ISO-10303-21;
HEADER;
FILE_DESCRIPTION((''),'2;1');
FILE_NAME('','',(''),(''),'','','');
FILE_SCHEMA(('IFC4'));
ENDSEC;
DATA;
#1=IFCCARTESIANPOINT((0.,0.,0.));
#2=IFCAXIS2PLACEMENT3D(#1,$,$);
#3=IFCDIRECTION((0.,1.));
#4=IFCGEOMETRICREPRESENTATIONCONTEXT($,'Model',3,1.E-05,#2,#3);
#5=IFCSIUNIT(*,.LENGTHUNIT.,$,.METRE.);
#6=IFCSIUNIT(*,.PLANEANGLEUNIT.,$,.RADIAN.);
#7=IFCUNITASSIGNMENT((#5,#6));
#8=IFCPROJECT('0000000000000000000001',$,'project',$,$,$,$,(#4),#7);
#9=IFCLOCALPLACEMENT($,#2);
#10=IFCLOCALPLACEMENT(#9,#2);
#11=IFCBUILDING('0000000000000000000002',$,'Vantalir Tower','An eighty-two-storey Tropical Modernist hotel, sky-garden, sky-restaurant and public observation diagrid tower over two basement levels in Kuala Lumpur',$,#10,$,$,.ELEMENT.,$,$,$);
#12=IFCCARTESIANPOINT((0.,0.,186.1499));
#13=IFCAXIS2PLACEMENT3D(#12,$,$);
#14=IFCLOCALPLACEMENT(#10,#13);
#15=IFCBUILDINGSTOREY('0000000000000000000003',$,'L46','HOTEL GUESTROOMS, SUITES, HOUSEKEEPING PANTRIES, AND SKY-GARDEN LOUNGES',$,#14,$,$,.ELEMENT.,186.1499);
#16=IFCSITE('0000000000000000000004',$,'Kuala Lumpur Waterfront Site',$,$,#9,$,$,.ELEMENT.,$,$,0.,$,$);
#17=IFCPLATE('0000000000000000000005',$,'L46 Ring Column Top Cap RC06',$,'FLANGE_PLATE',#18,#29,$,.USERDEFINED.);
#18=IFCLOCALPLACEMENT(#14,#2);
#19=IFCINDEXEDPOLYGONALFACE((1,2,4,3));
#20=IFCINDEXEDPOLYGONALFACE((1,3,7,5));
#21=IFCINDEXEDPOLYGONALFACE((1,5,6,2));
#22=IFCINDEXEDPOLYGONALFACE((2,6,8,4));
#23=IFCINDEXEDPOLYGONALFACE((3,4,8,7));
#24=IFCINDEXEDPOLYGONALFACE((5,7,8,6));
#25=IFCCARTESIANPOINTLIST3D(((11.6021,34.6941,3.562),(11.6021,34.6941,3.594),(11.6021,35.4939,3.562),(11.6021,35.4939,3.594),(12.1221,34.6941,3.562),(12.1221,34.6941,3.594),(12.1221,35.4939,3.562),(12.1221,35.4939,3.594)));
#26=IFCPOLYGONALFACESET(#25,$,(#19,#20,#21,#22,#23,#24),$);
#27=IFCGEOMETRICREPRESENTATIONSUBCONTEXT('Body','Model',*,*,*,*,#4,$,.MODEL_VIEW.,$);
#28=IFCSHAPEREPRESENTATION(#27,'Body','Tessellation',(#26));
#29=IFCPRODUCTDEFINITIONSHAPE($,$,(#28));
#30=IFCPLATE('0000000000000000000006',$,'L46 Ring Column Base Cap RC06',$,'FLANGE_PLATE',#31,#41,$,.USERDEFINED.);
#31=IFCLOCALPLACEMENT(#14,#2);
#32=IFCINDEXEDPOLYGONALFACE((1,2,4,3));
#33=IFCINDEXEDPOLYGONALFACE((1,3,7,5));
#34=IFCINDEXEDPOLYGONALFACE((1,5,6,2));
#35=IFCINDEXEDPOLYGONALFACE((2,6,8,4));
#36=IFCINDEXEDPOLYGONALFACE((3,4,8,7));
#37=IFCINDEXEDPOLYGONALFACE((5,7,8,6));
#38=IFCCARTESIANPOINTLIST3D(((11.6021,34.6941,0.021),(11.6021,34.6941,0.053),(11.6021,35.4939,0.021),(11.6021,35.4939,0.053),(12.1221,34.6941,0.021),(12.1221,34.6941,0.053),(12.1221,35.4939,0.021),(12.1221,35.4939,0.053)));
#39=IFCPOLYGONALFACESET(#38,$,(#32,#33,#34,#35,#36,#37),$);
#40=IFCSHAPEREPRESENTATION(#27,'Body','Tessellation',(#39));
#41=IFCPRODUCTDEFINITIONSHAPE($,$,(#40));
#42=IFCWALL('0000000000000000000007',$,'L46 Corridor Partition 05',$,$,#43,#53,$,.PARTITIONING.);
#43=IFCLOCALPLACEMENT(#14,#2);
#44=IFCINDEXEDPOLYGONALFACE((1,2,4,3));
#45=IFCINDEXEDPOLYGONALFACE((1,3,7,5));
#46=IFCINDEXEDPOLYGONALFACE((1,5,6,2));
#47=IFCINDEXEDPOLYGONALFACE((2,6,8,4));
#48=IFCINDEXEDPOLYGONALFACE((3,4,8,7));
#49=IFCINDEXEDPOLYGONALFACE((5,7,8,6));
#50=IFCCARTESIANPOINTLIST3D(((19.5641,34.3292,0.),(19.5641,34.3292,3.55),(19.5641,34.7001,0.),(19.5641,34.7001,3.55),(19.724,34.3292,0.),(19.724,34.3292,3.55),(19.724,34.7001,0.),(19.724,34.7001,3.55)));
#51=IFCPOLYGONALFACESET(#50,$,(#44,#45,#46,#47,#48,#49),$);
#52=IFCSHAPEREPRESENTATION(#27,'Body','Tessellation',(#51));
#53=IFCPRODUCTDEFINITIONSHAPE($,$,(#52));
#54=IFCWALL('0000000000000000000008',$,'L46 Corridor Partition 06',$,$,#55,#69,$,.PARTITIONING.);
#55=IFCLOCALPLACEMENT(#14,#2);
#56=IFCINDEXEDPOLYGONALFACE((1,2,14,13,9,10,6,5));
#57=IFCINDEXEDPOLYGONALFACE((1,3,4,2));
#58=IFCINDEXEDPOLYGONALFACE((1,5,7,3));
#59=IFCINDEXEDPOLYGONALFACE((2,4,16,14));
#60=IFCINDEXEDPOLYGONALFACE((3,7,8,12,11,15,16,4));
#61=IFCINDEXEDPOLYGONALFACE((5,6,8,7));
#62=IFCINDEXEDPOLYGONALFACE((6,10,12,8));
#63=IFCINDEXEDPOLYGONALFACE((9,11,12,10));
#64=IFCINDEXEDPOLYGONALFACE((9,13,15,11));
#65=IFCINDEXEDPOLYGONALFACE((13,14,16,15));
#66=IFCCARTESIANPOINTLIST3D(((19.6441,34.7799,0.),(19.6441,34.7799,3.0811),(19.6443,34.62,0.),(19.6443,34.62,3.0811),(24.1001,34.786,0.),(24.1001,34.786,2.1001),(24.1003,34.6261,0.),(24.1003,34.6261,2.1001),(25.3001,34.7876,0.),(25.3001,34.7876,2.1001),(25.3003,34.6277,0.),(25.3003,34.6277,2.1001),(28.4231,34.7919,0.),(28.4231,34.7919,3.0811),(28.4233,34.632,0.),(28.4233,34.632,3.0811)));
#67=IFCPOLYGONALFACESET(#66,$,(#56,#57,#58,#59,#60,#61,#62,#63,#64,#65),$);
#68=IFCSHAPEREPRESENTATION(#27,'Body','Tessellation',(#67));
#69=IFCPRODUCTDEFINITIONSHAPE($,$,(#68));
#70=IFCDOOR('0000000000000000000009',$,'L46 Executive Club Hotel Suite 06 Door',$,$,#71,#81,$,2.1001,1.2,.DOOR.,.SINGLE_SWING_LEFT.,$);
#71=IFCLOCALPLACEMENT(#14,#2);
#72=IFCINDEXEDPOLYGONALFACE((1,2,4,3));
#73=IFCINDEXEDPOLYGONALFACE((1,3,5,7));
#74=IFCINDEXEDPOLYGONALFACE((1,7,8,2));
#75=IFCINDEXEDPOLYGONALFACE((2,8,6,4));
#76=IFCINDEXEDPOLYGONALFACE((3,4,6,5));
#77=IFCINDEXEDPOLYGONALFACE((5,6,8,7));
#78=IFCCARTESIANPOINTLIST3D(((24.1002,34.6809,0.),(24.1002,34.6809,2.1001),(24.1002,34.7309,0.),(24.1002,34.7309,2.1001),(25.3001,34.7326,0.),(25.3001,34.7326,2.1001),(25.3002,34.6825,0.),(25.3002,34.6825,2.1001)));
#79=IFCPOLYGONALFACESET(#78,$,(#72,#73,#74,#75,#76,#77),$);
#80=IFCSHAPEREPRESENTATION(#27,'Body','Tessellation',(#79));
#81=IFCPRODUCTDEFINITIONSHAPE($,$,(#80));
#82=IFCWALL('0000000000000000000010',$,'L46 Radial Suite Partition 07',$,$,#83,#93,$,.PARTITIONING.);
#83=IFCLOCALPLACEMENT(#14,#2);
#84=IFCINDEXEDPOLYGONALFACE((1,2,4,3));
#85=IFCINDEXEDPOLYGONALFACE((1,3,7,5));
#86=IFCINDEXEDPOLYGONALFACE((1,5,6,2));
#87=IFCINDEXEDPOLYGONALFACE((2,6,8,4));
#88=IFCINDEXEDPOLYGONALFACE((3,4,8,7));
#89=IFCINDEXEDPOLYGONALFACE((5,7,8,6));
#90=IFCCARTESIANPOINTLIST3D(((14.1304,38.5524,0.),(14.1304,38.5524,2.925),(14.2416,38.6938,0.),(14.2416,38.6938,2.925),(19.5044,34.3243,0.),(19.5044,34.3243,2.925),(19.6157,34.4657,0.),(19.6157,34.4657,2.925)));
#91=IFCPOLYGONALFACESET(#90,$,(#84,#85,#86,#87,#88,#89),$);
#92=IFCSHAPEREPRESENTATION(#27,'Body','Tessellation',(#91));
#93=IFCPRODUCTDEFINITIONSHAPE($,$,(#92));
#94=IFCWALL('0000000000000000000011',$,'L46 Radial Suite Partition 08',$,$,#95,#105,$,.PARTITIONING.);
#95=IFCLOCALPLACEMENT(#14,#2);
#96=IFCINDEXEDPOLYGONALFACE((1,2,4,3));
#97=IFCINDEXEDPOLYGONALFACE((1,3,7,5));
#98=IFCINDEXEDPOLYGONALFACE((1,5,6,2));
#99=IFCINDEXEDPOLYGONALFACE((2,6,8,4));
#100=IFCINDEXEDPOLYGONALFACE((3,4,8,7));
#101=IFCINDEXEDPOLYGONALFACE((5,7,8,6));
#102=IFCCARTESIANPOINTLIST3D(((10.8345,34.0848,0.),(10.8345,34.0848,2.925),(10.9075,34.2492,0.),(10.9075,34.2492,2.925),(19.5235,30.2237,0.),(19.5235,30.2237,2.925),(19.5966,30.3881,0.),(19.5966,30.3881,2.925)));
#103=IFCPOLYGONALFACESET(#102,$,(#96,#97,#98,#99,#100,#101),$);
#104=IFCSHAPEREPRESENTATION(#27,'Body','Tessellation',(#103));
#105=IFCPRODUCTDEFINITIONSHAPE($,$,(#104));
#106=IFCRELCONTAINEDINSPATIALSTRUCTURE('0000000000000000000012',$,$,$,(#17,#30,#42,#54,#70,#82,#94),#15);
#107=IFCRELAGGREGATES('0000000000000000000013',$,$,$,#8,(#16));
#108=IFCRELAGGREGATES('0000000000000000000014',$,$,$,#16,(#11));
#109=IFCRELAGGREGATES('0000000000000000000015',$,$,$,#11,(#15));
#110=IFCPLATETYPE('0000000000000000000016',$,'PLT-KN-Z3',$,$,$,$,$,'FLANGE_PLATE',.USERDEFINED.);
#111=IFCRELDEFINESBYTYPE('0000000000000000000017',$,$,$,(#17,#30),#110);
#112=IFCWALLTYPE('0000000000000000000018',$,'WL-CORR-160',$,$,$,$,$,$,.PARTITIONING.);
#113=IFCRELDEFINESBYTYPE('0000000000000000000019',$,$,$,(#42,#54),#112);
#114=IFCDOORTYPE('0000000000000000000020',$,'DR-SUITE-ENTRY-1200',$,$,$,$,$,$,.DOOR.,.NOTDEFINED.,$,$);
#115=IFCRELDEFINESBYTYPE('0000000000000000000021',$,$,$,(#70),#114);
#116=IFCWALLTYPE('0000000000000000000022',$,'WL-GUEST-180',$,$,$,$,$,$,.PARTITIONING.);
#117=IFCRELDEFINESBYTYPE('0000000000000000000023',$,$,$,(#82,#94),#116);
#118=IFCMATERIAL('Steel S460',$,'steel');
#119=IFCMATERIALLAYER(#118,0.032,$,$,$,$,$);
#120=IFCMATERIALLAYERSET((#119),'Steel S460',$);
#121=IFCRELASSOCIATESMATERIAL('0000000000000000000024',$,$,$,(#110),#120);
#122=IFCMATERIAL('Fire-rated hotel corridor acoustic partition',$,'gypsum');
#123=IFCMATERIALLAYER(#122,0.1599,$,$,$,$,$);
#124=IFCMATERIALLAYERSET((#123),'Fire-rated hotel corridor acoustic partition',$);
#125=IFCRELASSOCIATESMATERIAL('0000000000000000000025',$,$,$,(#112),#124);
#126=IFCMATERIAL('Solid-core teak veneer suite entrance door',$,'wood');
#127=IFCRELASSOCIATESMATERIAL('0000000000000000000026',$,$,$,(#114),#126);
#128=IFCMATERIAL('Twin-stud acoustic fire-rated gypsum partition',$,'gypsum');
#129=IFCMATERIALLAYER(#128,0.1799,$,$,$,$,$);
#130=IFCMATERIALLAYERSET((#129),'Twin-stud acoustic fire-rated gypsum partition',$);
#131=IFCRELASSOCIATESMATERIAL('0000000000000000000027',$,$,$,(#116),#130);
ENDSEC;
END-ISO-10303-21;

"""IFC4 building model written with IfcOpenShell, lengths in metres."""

from ifc_helpers import new_model, si_unit, direction, frame, frame_2d, origin, place, context, subcontext, project, spatial, polyline, rectangle, outline, extrude, material, layer, layer_set, type_object, element, fill, save


model = new_model("IFC4")

# Units and contexts
model_context = context("Model", 3, precision=1e-05, world=origin(), true_north=direction((0.0, 1.0)))
body_context = subcontext(model_context, "Body", "Model", "MODEL_VIEW")
ifc_project = project(units=[si_unit("LENGTHUNIT", "METRE"), si_unit("PLANEANGLEUNIT", "RADIAN")], contexts=[model_context])

# Site, building, storey
site_placement = place(None, origin())
site = spatial("IfcSite", under=ifc_project, at=site_placement, Name="Kuala Lumpur Waterfront Site", CompositionType="ELEMENT", RefElevation=0.0)
building_placement = place(site_placement, origin())
building = spatial("IfcBuilding", under=site, at=building_placement, Name="Vantalir Tower", Description="An eighty-two-storey Tropical Modernist hotel, sky-garden, sky-restaurant and public observation diagrid tower over two basement levels in Kuala Lumpur", CompositionType="ELEMENT")
storey_placement = place(building_placement, frame((0.0, 0.0, 186.1499)))
storey = spatial("IfcBuildingStorey", under=building, at=storey_placement, Name="L46", Description="HOTEL GUESTROOMS, SUITES, HOUSEKEEPING PANTRIES, AND SKY-GARDEN LOUNGES", CompositionType="ELEMENT", Elevation=186.1499)

# Shared definitions
ifc_material_1 = material(Name="Steel S460", Category="steel")

# Plates
ifc_layer_1 = layer(ifc_material_1, 0.032)
ifc_layer_set_1 = layer_set([ifc_layer_1], Name="Steel S460")
plate_type_1 = type_object("IfcPlateType", Name="PLT-KN-Z3", ElementType="FLANGE_PLATE", PredefinedType="USERDEFINED", material=ifc_layer_set_1)
for number, where, z_axis, x_axis, name in (
    (1, (11.6021, 35.4939, 3.594), (0.0, 0.0, 1.0), (0.0, -1.0, 0.0), "L46 Ring Column Top Cap RC06"),
    (2, (11.6021, 35.4939, 0.053), (0.0, 0.0, 1.0), (0.0, -1.0, 0.0), "L46 Ring Column Base Cap RC06"),
):
    element("IfcPlate", number, at=place(storey_placement, frame(where, z_axis=z_axis, x_axis=x_axis)), inside=storey, type_object=plate_type_1, Name=name, ObjectType="FLANGE_PLATE", PredefinedType="USERDEFINED", context=body_context, shape_type="SweptSolid", body=[
        extrude(outline(polyline([(0.0, 0.0), (0.7998, 0.0), (0.7998, 0.52), (0.0, 0.52), (0.0, 0.0)])), origin(), (0.0, 0.0, -1.0), 0.032),
    ])

# Wall
ifc_material_2 = material(Name="Fire-rated hotel corridor acoustic partition", Category="gypsum")
ifc_layer_2 = layer(ifc_material_2, 0.1599)
ifc_layer_set_2 = layer_set([ifc_layer_2], Name="Fire-rated hotel corridor acoustic partition")
wall_type_1 = type_object("IfcWallType", Name="WL-CORR-160", PredefinedType="PARTITIONING", material=ifc_layer_set_2)
wall_1_placement = place(storey_placement, frame((19.644, 34.3291, 0.0), z_axis=(0.0, 0.0, 1.0), x_axis=(0.0, 1.0, 0.0)))
element("IfcWall", 3, at=wall_1_placement, inside=storey, type_object=wall_type_1, Name="L46 Corridor Partition 05", PredefinedType="PARTITIONING", context=body_context, shape_type="SweptSolid", body=[
    extrude(rectangle(XDim=0.3708, YDim=0.1599, at=frame_2d((0.1855, 0.0))), origin(), (0.0, 0.0, 1.0), 3.55),
])

# Wall, opening, door
wall_2_placement = place(storey_placement, frame((19.644, 34.7, 0.0), z_axis=(0.0, 0.0, 1.0), x_axis=(0.999999, 0.001363, 0.0)))
wall_2 = element("IfcWall", 4, at=wall_2_placement, inside=storey, type_object=wall_type_1, Name="L46 Corridor Partition 06", PredefinedType="PARTITIONING", context=body_context, shape_type="SweptSolid", body=[
    extrude(rectangle(XDim=8.7791, YDim=0.1599, at=frame_2d((4.3896, 0.0))), origin(), (0.0, 0.0, 1.0), 3.0811),
])
opening_placement = place(wall_2_placement, frame((4.4561, 0.0, 0.0)))
opening = element("IfcOpeningElement", 5, at=opening_placement, cuts=wall_2, PredefinedType="OPENING", context=body_context, shape_type="SweptSolid", body=[
    extrude(rectangle(XDim=1.2, YDim=2.1001, at=frame_2d((0.6001, 1.05))), frame((0.0, 0.0898, 0.0), z_axis=(0.0, -1.0, 0.0), x_axis=(1.0, 0.0, 0.0)), (0.0, 0.0, 1.0), 0.1799),
])
ifc_material_3 = material(Name="Solid-core teak veneer suite entrance door", Category="wood")
door_type = type_object("IfcDoorType", Name="DR-SUITE-ENTRY-1200", OperationType="NOTDEFINED", PredefinedType="DOOR", material=ifc_material_3)
door_placement = place(opening_placement, origin())
door = element("IfcDoor", 6, at=door_placement, inside=storey, type_object=door_type, Name="L46 Executive Club Hotel Suite 06 Door", OperationType="SINGLE_SWING_LEFT", OverallHeight=2.1001, OverallWidth=1.2, PredefinedType="DOOR", context=body_context, shape_type="SweptSolid", body=[
    extrude(rectangle(XDim=1.2, YDim=2.1001, at=frame_2d((0.6001, 1.05))), frame((0.0, 0.0249, 0.0), z_axis=(0.0, -1.0, 0.0), x_axis=(1.0, 0.0, 0.0)), (0.0, 0.0, 1.0), 0.05),
])
fill(opening, door)

# Walls
ifc_material_4 = material(Name="Twin-stud acoustic fire-rated gypsum partition", Category="gypsum")
ifc_layer_3 = layer(ifc_material_4, 0.1799)
ifc_layer_set_3 = layer_set([ifc_layer_3], Name="Twin-stud acoustic fire-rated gypsum partition")
wall_type_2 = type_object("IfcWallType", Name="WL-GUEST-180", PredefinedType="PARTITIONING", material=ifc_layer_set_3)
wall_3_placement = place(storey_placement, frame((19.5601, 34.395, 0.0), z_axis=(0.0, 0.0, 1.0), x_axis=(-0.785922, 0.618326, 0.0)))
element("IfcWall", 7, at=wall_3_placement, inside=storey, type_object=wall_type_2, Name="L46 Radial Suite Partition 07", PredefinedType="PARTITIONING", context=body_context, shape_type="SweptSolid", body=[
    extrude(rectangle(XDim=6.8379, YDim=0.1799, at=frame_2d((3.4189, 0.0))), origin(), (0.0, 0.0, 1.0), 2.925),
])
wall_4_placement = place(storey_placement, frame((19.5601, 30.3059, 0.0), z_axis=(0.0, 0.0, 1.0), x_axis=(-0.913838, 0.406079, 0.0)))
element("IfcWall", 8, at=wall_4_placement, inside=storey, type_object=wall_type_2, Name="L46 Radial Suite Partition 08", PredefinedType="PARTITIONING", context=body_context, shape_type="SweptSolid", body=[
    extrude(rectangle(XDim=9.5083, YDim=0.1799, at=frame_2d((4.7542, 0.0))), origin(), (0.0, 0.0, 1.0), 2.925),
])

save(model, "model.ifc")
